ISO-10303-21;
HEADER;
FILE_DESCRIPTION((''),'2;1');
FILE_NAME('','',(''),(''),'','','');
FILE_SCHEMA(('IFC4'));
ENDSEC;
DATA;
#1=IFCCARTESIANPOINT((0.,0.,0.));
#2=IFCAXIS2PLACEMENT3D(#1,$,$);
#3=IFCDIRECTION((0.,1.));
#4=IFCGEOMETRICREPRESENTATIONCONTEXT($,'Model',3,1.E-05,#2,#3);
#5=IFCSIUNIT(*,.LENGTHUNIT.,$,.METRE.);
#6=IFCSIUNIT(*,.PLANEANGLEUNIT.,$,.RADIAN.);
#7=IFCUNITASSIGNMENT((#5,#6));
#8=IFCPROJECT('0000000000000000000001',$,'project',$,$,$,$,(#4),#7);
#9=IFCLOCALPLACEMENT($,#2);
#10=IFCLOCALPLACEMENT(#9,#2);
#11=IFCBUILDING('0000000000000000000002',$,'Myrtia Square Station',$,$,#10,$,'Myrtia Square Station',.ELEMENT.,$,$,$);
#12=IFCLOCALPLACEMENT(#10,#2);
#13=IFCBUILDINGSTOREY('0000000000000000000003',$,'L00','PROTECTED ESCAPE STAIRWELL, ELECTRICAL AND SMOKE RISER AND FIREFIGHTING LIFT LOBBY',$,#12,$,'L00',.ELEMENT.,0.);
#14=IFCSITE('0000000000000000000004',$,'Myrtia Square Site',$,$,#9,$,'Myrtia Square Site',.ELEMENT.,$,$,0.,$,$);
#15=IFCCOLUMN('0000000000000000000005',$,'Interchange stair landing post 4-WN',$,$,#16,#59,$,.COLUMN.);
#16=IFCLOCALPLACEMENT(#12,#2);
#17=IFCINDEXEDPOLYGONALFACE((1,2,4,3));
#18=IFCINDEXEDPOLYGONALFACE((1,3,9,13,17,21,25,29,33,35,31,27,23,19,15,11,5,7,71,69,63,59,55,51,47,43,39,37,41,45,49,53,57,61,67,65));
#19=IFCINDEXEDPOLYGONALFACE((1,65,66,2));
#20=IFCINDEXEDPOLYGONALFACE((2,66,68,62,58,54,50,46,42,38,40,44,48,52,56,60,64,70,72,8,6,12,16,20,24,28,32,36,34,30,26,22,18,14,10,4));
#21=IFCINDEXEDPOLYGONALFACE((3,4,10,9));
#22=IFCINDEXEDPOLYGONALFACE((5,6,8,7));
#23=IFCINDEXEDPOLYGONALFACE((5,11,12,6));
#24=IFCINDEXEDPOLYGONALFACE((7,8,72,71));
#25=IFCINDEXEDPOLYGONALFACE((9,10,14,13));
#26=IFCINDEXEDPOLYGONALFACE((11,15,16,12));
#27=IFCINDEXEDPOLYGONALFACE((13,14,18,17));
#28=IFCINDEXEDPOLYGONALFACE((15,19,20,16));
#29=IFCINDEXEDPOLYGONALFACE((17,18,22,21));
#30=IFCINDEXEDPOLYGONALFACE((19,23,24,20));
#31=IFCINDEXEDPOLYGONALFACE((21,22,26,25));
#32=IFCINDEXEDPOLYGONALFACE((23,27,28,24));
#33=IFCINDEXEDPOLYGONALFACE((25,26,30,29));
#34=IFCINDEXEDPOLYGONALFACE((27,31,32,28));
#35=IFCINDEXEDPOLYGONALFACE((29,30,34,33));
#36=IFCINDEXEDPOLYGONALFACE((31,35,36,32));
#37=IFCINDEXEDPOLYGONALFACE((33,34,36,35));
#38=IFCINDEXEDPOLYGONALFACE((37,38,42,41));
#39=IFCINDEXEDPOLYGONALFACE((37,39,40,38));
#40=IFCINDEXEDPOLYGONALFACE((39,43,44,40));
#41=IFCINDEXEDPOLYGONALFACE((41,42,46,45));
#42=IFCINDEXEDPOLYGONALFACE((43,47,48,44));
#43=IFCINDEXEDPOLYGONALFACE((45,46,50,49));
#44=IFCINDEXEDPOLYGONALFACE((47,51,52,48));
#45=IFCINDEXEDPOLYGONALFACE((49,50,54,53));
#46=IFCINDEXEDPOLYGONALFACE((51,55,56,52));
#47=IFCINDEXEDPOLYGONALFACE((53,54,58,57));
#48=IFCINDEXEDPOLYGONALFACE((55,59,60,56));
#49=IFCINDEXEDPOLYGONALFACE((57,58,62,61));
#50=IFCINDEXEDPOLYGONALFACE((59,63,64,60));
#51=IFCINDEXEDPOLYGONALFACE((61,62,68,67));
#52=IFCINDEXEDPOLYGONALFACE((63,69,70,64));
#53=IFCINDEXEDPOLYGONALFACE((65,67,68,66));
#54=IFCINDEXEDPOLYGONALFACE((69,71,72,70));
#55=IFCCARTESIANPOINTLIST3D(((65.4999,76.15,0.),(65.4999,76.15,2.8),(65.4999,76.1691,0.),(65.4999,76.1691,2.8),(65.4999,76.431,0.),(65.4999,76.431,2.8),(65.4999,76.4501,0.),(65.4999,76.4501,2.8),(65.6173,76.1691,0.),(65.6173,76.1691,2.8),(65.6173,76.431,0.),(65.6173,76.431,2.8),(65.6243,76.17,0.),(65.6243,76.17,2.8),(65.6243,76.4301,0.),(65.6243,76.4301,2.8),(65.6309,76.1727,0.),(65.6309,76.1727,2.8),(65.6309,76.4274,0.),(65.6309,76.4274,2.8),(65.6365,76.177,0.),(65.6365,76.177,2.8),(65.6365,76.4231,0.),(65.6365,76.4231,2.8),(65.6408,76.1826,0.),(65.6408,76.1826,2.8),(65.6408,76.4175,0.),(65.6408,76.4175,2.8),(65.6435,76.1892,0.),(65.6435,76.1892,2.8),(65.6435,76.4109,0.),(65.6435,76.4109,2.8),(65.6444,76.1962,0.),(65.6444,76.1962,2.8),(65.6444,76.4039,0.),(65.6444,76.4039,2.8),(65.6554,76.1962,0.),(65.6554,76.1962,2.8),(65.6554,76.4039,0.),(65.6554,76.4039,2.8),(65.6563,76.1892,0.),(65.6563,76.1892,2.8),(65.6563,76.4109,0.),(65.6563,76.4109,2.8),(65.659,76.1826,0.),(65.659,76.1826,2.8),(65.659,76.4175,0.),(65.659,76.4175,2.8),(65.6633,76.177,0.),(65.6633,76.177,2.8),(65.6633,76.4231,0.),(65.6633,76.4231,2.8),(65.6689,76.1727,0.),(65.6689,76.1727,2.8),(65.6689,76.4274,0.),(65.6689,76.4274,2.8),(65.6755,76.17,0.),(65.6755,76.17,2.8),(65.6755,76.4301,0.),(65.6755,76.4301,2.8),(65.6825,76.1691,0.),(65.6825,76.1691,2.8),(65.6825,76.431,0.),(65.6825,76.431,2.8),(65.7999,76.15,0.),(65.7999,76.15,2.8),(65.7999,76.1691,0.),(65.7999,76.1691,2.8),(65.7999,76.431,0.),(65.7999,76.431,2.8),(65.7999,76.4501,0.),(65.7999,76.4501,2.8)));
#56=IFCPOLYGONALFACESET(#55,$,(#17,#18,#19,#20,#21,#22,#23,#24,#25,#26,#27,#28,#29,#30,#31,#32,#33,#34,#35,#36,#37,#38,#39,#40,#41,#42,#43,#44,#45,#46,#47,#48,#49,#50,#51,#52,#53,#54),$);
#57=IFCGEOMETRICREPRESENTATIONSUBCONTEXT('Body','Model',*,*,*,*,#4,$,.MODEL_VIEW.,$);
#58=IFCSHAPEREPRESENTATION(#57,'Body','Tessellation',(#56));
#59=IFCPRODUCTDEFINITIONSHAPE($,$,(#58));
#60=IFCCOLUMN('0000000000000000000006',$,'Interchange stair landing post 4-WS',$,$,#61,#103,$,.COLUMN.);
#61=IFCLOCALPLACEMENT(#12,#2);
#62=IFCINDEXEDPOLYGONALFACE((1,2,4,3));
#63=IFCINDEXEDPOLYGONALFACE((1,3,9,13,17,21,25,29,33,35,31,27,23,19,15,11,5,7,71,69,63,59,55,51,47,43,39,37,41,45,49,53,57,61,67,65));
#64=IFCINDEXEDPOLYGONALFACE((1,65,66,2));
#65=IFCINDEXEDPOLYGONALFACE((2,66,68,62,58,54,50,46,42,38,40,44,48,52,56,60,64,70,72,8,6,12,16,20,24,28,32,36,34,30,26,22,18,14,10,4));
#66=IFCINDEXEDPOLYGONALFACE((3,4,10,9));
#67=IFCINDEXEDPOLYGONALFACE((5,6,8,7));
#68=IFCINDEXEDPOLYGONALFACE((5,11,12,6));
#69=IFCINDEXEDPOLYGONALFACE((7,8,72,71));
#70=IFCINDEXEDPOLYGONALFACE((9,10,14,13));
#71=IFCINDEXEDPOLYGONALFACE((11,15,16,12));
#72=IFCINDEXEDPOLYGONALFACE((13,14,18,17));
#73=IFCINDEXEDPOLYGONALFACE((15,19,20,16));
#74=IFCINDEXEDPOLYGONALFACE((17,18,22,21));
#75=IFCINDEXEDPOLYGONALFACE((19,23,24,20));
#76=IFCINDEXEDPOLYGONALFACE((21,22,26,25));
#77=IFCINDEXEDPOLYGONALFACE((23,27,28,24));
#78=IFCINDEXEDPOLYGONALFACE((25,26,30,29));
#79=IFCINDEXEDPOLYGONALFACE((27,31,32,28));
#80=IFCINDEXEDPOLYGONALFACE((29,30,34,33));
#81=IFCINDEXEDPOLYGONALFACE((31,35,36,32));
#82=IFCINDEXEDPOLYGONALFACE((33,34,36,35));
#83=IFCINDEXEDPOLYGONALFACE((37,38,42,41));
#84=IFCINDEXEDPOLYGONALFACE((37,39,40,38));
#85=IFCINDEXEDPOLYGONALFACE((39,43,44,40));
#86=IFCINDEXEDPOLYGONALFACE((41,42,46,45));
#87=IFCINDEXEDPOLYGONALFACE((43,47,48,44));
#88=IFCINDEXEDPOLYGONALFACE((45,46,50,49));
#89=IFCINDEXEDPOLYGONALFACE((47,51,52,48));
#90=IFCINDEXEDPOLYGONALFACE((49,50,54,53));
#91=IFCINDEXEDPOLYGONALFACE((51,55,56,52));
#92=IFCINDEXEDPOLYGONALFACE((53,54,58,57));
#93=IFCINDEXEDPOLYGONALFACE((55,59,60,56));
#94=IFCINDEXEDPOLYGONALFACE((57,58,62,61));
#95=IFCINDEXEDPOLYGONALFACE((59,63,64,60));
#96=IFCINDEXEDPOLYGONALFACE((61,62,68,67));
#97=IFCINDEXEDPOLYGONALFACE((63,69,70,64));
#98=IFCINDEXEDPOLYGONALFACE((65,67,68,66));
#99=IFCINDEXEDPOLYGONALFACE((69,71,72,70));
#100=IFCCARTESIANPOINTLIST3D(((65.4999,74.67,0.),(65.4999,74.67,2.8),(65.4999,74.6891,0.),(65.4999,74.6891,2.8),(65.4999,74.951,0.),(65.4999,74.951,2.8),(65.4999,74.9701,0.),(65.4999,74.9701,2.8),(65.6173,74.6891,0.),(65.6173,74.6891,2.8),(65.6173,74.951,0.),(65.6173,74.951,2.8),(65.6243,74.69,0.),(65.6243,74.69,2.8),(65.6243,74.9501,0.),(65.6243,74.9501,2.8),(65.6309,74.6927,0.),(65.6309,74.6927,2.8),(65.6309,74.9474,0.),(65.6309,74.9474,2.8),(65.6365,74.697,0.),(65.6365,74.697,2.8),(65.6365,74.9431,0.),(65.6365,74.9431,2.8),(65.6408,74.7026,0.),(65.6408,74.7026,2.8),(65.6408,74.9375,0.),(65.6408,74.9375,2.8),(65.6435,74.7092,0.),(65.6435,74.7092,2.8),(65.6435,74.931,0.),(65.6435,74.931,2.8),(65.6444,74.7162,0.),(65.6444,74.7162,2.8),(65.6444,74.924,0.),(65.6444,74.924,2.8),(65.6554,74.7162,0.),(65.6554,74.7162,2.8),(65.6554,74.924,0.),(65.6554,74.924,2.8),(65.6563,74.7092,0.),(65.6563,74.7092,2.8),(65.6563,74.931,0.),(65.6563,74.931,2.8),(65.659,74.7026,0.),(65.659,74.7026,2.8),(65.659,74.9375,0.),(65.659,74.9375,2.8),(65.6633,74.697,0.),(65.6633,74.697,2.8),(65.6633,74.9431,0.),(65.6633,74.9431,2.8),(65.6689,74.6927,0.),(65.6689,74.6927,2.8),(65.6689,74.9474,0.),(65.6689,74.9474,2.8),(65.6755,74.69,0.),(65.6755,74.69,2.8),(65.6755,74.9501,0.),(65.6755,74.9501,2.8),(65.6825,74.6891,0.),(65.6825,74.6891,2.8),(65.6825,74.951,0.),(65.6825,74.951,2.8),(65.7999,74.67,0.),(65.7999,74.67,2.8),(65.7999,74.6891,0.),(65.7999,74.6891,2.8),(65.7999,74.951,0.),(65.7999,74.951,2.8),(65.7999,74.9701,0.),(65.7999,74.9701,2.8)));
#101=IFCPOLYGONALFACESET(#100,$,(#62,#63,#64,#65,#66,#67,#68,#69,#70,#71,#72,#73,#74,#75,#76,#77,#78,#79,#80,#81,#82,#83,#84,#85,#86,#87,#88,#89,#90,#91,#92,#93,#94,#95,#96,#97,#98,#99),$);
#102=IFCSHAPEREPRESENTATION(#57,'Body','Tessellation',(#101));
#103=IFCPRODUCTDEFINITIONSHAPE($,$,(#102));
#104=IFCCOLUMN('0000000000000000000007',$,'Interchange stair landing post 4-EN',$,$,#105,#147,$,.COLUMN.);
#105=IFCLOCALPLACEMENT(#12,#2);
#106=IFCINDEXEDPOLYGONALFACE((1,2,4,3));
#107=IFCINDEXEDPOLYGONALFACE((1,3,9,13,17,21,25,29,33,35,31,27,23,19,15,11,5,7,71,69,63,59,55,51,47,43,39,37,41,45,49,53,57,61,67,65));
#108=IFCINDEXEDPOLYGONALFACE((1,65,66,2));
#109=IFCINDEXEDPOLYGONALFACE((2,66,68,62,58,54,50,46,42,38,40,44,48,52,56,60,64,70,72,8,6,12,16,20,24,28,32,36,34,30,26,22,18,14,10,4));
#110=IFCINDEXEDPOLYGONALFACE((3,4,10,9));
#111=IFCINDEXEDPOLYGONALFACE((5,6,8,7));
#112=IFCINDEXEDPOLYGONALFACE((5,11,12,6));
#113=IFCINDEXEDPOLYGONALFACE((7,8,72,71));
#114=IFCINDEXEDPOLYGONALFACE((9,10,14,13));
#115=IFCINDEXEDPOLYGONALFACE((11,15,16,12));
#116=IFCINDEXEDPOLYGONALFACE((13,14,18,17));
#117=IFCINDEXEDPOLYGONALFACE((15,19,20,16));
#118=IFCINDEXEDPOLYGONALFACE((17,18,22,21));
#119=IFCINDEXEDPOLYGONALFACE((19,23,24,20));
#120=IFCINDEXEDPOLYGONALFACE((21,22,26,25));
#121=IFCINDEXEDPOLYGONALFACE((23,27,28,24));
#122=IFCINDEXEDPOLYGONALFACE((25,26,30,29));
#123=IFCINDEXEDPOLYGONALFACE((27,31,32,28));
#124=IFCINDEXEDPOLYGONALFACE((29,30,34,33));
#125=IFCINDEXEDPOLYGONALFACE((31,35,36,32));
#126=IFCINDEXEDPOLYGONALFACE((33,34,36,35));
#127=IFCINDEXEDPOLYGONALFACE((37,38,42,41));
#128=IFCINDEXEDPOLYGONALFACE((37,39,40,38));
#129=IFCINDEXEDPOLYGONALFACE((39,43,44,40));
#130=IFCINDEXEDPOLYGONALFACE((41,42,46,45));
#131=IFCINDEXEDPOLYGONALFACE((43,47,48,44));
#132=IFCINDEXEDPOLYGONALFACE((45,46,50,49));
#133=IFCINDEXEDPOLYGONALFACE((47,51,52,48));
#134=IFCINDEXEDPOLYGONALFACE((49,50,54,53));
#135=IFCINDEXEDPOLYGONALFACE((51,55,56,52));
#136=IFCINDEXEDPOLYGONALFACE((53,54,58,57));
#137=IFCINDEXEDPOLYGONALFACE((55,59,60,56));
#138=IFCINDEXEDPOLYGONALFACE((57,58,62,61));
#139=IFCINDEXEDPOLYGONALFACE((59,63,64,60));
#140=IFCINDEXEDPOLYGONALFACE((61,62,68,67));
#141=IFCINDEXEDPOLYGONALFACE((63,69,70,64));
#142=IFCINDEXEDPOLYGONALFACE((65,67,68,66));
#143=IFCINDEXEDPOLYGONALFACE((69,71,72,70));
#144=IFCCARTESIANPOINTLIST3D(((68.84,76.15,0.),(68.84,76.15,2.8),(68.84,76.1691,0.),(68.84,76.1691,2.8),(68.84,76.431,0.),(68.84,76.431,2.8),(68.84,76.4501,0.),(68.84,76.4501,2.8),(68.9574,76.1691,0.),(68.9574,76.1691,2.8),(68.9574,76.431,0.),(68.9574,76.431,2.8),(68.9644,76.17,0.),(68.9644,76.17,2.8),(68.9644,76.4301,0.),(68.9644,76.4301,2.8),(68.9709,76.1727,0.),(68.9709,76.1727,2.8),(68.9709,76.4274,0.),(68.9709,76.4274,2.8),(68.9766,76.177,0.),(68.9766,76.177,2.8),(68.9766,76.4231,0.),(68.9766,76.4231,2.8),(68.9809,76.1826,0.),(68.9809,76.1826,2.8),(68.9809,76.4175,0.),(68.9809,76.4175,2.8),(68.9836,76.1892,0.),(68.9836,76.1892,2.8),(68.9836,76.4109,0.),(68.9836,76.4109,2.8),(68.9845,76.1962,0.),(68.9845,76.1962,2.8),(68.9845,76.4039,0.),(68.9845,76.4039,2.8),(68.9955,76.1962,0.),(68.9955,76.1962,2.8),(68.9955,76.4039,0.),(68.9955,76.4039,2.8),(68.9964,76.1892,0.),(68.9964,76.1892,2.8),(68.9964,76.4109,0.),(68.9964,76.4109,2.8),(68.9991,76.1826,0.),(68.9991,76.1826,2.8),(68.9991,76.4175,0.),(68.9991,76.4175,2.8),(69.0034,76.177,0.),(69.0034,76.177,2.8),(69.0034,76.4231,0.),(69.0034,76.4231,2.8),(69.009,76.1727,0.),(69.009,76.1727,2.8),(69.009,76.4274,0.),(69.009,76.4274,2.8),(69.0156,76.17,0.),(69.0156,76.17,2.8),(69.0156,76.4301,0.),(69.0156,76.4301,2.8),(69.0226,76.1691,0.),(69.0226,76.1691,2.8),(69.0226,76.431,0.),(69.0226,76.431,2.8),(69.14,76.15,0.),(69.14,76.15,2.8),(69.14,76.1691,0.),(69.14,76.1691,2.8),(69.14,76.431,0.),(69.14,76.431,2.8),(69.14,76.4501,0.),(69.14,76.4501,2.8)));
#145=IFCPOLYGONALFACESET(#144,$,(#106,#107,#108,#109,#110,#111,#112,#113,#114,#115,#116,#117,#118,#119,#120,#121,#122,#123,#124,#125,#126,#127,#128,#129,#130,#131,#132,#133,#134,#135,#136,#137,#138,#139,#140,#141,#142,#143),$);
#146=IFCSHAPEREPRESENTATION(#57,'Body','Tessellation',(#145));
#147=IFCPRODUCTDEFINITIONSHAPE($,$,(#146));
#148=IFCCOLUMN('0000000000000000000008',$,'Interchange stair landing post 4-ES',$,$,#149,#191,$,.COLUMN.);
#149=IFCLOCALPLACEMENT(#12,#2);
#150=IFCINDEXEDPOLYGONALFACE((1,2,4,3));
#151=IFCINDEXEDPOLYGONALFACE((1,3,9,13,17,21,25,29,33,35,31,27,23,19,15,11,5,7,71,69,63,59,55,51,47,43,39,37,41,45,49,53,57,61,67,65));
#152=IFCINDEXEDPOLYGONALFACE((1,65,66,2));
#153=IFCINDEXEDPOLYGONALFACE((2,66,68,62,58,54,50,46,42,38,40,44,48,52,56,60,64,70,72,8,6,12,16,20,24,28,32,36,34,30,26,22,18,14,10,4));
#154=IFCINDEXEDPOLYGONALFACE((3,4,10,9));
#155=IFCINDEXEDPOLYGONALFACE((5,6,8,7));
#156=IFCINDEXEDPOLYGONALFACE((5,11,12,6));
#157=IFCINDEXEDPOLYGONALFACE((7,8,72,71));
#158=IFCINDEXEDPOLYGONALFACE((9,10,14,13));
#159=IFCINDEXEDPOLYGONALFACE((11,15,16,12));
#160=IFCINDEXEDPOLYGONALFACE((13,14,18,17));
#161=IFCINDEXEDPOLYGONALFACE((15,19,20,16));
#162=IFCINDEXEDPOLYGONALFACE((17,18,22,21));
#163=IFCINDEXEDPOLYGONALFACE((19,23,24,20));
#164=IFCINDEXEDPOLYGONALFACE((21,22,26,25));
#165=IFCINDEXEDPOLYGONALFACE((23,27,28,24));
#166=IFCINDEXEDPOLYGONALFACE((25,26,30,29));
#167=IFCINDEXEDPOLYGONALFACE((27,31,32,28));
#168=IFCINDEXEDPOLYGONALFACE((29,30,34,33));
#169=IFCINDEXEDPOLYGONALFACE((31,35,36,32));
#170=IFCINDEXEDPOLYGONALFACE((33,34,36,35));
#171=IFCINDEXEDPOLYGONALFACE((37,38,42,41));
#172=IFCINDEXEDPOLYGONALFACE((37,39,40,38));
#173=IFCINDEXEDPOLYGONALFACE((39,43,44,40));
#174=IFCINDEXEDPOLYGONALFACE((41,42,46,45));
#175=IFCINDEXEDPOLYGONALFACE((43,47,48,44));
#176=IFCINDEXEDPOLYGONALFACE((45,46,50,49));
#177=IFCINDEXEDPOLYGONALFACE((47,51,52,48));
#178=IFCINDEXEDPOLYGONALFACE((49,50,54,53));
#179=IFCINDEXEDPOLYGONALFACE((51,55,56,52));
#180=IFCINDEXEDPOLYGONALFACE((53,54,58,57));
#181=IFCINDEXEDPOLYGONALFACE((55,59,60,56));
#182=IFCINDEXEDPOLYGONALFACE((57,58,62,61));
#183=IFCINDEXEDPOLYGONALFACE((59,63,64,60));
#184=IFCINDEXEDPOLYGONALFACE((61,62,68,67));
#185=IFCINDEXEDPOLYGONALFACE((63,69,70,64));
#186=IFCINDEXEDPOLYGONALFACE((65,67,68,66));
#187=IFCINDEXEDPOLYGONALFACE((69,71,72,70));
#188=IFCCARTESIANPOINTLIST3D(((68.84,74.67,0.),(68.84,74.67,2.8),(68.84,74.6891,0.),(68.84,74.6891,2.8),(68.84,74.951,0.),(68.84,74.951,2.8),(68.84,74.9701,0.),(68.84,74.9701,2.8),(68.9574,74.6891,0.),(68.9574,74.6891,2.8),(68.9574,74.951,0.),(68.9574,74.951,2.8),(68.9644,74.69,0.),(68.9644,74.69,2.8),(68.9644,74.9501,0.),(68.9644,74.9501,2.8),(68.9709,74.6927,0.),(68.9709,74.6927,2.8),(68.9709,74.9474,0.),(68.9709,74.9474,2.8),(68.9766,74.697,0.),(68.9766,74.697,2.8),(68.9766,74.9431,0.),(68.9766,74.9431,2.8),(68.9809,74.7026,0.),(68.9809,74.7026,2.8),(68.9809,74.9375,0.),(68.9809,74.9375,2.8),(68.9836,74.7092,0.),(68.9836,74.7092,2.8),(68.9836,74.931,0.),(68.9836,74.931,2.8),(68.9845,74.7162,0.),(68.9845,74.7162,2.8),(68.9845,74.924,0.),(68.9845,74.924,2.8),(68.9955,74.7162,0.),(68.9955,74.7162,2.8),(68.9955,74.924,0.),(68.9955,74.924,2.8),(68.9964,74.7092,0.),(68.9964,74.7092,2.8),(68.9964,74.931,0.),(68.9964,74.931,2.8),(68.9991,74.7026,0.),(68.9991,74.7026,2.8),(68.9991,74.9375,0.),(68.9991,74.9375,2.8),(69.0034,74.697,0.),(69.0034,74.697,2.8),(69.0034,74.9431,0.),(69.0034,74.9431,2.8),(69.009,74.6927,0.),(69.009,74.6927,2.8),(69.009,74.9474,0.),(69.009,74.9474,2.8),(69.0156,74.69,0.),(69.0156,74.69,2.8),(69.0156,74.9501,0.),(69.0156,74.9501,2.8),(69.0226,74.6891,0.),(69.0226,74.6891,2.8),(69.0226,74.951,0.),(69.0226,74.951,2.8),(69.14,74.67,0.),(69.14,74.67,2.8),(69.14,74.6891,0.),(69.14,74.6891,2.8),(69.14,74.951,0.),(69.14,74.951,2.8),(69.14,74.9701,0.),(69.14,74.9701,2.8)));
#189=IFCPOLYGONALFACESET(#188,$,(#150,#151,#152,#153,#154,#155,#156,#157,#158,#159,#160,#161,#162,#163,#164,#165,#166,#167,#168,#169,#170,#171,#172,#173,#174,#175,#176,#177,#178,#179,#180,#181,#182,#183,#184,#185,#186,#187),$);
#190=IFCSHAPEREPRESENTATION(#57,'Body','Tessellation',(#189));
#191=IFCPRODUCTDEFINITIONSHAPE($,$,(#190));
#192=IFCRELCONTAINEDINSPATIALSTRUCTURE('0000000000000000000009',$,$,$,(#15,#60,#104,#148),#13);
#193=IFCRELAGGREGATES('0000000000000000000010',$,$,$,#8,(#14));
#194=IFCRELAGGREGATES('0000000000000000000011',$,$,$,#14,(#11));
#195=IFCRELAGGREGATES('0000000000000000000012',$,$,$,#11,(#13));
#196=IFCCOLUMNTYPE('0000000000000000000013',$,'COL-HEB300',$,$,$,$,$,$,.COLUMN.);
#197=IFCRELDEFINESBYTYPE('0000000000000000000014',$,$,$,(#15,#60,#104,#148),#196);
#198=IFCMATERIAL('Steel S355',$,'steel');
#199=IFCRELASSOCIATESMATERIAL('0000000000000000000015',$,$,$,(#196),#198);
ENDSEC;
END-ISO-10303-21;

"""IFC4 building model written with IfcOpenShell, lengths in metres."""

from ifc_helpers import new_model, si_unit, direction, frame, origin, origin_2d, place, context, subcontext, project, spatial, i_section, extrude, material, material_profile, profile_set, type_object, element, save


model = new_model("IFC4")

# Units and contexts
model_context = context("Model", 3, precision=1e-05, world=origin(), true_north=direction((0.0, 1.0)))
body_context = subcontext(model_context, "Body", "Model", "MODEL_VIEW")
ifc_project = project(units=[si_unit("LENGTHUNIT", "METRE"), si_unit("PLANEANGLEUNIT", "RADIAN")], contexts=[model_context])

# Site, building, storey
site_placement = place(None, origin())
site = spatial("IfcSite", under=ifc_project, at=site_placement, Name="Myrtia Square Site", LongName="Myrtia Square Site", CompositionType="ELEMENT", RefElevation=0.0)
building_placement = place(site_placement, origin())
building = spatial("IfcBuilding", under=site, at=building_placement, Name="Myrtia Square Station", LongName="Myrtia Square Station", CompositionType="ELEMENT")
storey_placement = place(building_placement, origin())
storey = spatial("IfcBuildingStorey", under=building, at=storey_placement, Name="L00", Description="PROTECTED ESCAPE STAIRWELL, ELECTRICAL AND SMOKE RISER AND FIREFIGHTING LIFT LOBBY", LongName="L00", CompositionType="ELEMENT", Elevation=0.0)

# Columns
ifc_material_1 = material(Name="Steel S355", Category="steel")
ifc_material_profile_1 = material_profile(ifc_material_1, i_section(OverallWidth=0.3, OverallDepth=0.3, WebThickness=0.011, FlangeThickness=0.019, FilletRadius=0.0271, at=origin_2d()), Name="HEB 300")
ifc_profile_set_1 = profile_set([ifc_material_profile_1], Name="Steel S355")
column_type_1 = type_object("IfcColumnType", Name="COL-HEB300", PredefinedType="COLUMN", material=ifc_profile_set_1)
for number, where, z_axis, x_axis, name in (
    (1, (65.6499, 76.3, 0.0), (0.0, 0.0, 1.0), (1.0, 0.0, 0.0), "Interchange stair landing post 4-WN"),
    (2, (65.6499, 74.8201, 0.0), (0.0, 0.0, 1.0), (1.0, 0.0, 0.0), "Interchange stair landing post 4-WS"),
    (3, (68.99, 76.3, 0.0), (0.0, 0.0, 1.0), (1.0, 0.0, 0.0), "Interchange stair landing post 4-EN"),
    (4, (68.99, 74.8201, 0.0), (0.0, 0.0, 1.0), (1.0, 0.0, 0.0), "Interchange stair landing post 4-ES"),
):
    element("IfcColumn", number, at=place(storey_placement, frame(where, z_axis=z_axis, x_axis=x_axis)), inside=storey, type_object=column_type_1, Name=name, PredefinedType="COLUMN", context=body_context, shape_type="SweptSolid", body=[
        extrude(i_section(OverallWidth=0.3, OverallDepth=0.3, WebThickness=0.011, FlangeThickness=0.019, FilletRadius=0.0271, at=origin_2d()), origin(), (0.0, 0.0, 1.0), 2.8),
    ])

save(model, "model.ifc")
